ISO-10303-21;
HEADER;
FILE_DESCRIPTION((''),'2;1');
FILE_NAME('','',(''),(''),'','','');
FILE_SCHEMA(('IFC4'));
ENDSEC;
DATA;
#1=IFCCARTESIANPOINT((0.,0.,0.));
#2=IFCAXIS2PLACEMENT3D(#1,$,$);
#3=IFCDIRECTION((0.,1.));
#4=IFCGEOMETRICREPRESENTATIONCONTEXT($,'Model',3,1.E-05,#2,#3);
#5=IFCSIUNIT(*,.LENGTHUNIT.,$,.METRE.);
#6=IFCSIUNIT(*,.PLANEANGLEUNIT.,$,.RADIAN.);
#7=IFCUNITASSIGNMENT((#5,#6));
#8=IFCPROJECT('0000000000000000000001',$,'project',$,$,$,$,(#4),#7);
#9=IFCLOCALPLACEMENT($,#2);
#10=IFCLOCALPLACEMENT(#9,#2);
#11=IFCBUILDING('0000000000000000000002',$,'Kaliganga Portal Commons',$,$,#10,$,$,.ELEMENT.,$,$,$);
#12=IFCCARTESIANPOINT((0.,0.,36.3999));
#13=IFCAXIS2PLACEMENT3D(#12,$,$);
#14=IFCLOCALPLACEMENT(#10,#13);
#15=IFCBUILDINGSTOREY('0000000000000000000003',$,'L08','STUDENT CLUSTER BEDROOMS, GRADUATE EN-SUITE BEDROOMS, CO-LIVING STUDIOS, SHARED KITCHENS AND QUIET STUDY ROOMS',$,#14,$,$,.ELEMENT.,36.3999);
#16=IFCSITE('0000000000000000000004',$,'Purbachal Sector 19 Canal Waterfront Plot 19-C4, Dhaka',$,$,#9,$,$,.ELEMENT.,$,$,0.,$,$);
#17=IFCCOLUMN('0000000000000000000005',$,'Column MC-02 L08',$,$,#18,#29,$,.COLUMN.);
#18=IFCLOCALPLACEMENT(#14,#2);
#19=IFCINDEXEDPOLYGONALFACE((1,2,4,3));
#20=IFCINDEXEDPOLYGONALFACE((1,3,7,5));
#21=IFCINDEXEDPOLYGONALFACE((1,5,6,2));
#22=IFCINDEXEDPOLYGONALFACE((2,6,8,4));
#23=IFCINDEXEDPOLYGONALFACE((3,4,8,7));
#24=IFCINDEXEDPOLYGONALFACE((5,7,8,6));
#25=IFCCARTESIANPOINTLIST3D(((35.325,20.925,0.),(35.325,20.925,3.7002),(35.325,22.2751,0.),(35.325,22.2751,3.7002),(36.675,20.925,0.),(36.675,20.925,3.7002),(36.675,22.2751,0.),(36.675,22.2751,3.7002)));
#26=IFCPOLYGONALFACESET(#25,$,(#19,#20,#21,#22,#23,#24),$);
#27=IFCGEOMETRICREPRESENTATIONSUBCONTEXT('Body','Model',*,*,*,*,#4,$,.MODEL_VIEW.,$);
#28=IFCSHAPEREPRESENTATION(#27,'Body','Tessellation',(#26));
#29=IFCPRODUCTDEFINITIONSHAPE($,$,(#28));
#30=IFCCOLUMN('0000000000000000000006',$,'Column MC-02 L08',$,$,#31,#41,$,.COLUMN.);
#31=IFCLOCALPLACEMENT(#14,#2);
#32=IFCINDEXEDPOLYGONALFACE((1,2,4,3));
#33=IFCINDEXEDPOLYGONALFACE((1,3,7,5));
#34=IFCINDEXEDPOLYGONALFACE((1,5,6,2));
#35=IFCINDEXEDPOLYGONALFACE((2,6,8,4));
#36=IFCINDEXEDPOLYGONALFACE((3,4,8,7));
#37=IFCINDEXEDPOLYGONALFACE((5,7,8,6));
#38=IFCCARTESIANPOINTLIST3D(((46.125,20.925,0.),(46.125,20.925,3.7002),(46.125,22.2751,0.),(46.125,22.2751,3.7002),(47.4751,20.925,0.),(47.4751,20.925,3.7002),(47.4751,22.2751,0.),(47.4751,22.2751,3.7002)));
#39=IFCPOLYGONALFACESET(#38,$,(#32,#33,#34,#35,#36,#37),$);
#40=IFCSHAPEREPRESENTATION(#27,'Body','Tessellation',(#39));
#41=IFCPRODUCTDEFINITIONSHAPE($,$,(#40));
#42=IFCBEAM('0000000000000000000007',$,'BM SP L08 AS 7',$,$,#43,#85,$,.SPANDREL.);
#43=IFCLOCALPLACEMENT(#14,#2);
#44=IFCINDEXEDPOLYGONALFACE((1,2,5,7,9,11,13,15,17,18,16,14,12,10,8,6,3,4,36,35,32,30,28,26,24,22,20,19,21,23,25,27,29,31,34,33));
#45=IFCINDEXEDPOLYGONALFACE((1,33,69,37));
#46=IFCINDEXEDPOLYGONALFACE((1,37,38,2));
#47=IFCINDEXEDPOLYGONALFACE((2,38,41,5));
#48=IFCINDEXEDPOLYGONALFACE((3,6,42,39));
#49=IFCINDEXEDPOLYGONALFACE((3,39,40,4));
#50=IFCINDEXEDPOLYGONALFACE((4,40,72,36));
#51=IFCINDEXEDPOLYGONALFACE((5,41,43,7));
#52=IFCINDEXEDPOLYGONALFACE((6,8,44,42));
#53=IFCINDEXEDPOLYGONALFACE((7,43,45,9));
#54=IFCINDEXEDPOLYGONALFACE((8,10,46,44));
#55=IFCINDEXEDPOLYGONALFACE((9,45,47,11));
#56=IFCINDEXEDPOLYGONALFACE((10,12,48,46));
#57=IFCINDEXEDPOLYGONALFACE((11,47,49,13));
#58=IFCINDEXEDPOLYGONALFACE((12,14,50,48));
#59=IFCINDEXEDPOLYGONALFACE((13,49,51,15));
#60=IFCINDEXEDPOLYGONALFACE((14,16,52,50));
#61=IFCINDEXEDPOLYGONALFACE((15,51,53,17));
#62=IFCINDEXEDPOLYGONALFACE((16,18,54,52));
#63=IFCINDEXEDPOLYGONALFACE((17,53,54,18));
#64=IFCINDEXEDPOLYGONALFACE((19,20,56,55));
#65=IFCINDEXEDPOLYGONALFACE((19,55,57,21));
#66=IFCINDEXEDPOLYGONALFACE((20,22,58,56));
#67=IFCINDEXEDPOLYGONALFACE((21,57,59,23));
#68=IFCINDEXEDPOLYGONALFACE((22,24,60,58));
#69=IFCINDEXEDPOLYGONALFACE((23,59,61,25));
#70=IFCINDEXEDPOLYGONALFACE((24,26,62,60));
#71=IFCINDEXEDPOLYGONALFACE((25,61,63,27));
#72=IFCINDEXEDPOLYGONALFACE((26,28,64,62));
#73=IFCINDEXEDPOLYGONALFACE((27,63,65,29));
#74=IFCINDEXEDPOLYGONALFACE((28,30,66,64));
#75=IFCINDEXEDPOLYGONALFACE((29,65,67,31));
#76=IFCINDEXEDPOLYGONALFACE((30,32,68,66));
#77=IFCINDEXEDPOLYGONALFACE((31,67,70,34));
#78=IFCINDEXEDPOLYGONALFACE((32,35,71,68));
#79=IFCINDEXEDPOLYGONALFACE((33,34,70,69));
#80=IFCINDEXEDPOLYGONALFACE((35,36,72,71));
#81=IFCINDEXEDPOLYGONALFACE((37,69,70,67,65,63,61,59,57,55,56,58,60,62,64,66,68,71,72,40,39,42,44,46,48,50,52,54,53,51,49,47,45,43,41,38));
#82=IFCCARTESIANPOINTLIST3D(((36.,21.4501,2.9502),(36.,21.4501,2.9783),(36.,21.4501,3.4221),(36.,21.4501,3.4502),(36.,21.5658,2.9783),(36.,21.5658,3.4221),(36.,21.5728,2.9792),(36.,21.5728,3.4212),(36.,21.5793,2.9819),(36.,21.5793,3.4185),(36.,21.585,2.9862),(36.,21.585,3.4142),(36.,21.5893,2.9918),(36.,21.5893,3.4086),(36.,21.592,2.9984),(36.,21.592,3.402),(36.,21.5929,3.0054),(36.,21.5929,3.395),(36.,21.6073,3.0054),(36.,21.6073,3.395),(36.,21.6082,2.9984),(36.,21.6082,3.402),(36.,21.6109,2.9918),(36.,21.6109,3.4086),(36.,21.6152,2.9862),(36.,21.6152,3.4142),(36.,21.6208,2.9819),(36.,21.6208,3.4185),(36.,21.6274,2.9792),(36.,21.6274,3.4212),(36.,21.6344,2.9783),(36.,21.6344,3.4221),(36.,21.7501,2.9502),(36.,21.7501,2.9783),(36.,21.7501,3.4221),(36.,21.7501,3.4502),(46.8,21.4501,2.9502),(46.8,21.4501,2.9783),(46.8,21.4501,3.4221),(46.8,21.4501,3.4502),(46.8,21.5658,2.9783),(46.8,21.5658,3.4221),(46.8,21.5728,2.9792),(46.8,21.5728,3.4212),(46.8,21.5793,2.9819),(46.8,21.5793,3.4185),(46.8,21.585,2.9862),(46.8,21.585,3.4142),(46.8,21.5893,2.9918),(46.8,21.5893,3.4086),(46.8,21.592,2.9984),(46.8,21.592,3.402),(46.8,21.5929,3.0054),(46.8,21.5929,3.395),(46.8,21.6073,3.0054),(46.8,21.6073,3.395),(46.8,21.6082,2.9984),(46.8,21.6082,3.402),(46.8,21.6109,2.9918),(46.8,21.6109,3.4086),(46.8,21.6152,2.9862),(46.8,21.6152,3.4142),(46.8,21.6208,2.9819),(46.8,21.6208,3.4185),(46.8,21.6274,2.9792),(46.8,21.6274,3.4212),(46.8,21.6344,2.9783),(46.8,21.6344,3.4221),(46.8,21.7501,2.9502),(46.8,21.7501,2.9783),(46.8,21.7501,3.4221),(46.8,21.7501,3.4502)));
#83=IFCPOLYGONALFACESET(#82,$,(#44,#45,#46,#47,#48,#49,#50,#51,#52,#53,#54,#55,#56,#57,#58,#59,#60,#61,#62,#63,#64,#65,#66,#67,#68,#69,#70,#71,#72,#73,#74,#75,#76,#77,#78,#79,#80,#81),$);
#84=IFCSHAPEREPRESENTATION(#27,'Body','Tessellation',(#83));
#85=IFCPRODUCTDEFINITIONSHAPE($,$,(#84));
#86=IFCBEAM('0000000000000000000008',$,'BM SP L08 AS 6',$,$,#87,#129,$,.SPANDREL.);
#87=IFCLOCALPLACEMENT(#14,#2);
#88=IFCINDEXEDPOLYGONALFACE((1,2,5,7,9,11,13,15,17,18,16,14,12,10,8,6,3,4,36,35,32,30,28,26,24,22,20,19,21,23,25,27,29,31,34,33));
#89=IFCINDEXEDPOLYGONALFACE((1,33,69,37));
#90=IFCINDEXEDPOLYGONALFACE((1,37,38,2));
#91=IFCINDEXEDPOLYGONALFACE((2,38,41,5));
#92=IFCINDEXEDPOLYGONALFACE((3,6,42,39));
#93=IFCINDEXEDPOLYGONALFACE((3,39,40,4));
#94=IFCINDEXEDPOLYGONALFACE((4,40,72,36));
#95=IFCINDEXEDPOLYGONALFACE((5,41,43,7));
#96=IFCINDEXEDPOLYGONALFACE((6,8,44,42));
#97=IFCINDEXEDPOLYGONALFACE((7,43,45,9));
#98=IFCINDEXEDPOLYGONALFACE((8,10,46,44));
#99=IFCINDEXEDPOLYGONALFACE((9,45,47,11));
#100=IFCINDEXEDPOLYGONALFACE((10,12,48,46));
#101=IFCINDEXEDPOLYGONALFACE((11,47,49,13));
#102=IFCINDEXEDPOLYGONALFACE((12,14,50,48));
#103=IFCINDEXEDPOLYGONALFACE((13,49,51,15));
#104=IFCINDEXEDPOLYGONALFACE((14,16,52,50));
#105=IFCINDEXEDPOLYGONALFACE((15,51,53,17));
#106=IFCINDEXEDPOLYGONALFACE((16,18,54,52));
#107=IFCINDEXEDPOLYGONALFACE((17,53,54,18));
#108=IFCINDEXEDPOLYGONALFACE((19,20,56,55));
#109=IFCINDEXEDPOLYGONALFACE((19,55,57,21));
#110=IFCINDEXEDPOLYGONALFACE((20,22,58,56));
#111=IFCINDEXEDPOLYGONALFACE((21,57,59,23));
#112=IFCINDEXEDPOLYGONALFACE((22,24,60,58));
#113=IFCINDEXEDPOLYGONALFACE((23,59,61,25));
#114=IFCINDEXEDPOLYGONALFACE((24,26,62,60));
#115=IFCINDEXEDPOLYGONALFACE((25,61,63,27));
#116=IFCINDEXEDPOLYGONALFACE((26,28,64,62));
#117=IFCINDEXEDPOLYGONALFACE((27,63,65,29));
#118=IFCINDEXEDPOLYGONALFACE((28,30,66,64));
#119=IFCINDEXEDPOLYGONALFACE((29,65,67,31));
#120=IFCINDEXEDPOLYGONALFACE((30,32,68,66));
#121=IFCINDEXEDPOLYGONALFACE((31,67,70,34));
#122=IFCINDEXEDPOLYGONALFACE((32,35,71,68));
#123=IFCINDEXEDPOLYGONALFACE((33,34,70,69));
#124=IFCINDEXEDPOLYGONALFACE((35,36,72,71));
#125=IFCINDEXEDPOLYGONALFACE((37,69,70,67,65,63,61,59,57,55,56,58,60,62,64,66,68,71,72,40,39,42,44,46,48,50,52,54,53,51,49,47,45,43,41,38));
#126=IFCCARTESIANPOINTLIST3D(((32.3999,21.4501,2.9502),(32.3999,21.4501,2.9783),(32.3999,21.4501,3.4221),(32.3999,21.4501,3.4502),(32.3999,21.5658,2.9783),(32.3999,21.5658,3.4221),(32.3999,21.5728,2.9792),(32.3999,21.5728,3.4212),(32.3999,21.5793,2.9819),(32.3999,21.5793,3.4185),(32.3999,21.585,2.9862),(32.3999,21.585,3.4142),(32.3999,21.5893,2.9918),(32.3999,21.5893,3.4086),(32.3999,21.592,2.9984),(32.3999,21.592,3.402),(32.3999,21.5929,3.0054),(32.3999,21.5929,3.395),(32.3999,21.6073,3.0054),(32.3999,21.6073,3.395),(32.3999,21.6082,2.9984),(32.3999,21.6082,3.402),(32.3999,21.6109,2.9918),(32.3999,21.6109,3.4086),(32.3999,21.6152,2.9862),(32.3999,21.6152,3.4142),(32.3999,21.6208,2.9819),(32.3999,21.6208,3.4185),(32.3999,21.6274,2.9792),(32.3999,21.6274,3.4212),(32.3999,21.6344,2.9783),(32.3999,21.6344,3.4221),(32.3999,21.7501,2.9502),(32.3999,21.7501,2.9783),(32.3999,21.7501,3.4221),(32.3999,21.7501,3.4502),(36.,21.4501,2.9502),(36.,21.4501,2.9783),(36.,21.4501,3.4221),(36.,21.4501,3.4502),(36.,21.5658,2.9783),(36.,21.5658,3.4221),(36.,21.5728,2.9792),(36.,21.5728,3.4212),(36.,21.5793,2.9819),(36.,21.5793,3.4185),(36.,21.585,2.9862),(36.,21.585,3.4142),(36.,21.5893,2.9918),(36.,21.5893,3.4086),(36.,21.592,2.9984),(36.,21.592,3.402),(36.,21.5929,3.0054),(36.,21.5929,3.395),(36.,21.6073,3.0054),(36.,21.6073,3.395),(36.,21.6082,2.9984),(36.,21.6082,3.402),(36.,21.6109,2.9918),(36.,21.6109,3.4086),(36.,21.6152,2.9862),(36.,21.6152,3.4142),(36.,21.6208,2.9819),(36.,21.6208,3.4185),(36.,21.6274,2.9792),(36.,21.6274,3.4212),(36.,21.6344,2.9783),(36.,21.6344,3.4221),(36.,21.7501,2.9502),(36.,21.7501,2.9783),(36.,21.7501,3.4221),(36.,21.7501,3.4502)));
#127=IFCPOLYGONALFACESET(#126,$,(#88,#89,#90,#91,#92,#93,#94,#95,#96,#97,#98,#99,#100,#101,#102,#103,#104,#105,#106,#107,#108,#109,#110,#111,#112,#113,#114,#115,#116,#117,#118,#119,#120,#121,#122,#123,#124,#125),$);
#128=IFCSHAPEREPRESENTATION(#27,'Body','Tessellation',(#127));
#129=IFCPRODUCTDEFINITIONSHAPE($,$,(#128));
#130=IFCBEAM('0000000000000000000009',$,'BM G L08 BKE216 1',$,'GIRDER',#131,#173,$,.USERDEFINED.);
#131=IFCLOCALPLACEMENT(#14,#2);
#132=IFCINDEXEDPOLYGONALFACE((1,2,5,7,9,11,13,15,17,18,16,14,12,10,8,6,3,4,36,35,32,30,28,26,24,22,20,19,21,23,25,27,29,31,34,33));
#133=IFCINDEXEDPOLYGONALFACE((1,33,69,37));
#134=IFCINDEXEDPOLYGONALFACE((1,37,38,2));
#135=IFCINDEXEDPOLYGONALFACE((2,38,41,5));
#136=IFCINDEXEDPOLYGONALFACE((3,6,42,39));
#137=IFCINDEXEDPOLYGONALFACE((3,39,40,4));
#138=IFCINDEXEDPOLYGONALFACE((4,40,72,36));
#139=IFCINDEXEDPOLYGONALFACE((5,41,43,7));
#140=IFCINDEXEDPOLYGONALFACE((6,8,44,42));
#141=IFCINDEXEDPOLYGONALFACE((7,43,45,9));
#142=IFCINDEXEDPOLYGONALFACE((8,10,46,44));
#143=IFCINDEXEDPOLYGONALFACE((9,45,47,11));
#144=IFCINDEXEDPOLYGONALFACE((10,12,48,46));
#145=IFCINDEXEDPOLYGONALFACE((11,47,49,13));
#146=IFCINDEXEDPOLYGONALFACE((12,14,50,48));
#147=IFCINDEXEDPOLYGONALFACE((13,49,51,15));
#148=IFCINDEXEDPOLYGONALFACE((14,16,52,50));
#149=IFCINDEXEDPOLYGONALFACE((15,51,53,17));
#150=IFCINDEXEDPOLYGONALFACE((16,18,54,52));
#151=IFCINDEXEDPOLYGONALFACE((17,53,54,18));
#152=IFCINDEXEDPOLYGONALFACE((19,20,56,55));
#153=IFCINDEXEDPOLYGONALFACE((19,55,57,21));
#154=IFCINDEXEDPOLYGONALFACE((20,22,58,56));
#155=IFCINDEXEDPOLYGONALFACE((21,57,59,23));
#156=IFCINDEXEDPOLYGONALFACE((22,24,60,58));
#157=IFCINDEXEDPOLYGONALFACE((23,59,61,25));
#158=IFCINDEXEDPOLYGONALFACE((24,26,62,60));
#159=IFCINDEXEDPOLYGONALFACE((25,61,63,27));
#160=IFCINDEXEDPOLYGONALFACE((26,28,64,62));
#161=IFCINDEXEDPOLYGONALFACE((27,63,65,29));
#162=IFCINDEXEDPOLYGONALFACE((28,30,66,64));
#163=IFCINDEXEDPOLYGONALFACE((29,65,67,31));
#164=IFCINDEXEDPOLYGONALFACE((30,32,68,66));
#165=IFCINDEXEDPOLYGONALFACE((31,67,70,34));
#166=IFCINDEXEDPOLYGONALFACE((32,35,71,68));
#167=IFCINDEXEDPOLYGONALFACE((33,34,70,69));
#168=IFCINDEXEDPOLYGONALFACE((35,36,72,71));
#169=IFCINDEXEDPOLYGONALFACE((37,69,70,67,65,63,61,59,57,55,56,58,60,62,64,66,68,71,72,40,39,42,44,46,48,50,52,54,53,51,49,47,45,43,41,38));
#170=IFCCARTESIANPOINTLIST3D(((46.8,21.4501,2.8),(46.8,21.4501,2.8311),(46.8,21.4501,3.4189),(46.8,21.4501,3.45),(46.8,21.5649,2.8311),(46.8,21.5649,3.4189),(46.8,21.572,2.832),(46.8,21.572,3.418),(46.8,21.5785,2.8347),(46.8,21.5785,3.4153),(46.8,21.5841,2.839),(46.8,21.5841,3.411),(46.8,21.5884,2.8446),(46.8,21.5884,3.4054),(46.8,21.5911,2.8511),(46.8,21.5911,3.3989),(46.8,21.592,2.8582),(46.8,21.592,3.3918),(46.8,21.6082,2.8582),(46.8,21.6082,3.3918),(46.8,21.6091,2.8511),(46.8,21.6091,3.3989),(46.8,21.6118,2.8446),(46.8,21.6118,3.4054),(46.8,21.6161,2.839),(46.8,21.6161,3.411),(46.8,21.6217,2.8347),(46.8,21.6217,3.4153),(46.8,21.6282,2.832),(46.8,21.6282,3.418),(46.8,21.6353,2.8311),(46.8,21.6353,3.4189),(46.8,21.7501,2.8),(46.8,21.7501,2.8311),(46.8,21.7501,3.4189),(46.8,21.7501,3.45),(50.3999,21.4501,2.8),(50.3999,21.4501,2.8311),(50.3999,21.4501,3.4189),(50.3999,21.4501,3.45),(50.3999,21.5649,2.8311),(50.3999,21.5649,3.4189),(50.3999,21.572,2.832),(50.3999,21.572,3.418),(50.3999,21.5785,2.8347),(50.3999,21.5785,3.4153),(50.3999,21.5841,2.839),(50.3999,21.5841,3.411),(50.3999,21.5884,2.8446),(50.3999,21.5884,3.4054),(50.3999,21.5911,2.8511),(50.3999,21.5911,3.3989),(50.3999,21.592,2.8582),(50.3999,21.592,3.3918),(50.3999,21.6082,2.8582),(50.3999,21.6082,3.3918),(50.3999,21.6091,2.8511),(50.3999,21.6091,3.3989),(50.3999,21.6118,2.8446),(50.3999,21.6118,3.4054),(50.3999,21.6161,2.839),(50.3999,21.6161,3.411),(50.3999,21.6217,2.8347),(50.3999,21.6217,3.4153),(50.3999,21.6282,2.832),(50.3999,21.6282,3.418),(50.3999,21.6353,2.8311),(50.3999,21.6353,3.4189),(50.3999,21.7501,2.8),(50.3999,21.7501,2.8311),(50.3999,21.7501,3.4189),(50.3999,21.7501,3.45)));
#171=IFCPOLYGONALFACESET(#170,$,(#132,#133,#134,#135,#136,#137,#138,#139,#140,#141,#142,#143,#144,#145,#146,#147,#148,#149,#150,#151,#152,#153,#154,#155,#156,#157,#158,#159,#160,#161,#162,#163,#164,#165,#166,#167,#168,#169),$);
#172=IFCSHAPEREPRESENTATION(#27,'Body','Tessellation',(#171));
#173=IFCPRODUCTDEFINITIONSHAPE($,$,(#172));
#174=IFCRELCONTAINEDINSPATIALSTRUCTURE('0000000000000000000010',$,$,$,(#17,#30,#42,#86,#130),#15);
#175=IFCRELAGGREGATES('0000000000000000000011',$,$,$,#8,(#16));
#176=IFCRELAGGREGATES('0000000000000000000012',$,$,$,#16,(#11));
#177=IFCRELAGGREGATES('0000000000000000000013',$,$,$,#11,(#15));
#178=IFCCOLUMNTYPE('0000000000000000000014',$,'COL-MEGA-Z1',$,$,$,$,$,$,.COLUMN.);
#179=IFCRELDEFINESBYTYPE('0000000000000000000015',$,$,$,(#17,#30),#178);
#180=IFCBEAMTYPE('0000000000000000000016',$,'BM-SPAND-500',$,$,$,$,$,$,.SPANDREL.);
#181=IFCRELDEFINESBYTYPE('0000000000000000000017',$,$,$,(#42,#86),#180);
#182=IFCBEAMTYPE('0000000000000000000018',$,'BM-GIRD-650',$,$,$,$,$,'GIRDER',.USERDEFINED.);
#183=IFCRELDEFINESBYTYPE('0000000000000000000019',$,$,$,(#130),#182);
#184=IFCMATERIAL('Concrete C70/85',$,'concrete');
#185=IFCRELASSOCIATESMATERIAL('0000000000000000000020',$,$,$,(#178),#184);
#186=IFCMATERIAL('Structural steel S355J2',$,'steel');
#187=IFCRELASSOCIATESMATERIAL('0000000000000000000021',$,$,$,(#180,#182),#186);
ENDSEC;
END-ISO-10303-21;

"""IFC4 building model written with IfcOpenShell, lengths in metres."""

from ifc_helpers import new_model, si_unit, direction, frame, origin, origin_2d, place, context, subcontext, project, spatial, rectangle, i_section, extrude, source, transform, mapped, material, material_profile, profile_set, type_object, element, save


model = new_model("IFC4")

# Units and contexts
model_context = context("Model", 3, precision=1e-05, world=origin(), true_north=direction((0.0, 1.0)))
body_context = subcontext(model_context, "Body", "Model", "MODEL_VIEW")
ifc_project = project(units=[si_unit("LENGTHUNIT", "METRE"), si_unit("PLANEANGLEUNIT", "RADIAN")], contexts=[model_context])

# Site, building, storey
site_placement = place(None, origin())
site = spatial("IfcSite", under=ifc_project, at=site_placement, Name="Purbachal Sector 19 Canal Waterfront Plot 19-C4, Dhaka", CompositionType="ELEMENT", RefElevation=0.0)
building_placement = place(site_placement, origin())
building = spatial("IfcBuilding", under=site, at=building_placement, Name="Kaliganga Portal Commons", CompositionType="ELEMENT")
storey_placement = place(building_placement, frame((0.0, 0.0, 36.3999)))
storey = spatial("IfcBuildingStorey", under=building, at=storey_placement, Name="L08", Description="STUDENT CLUSTER BEDROOMS, GRADUATE EN-SUITE BEDROOMS, CO-LIVING STUDIOS, SHARED KITCHENS AND QUIET STUDY ROOMS", CompositionType="ELEMENT", Elevation=36.3999)

# Columns
ifc_material_1 = material(Name="Concrete C70/85", Category="concrete")
ifc_material_profile_1 = material_profile(ifc_material_1, rectangle(XDim=1.3501, YDim=1.3501, at=origin_2d()), Name="RC 1350x1350")
ifc_profile_set_1 = profile_set([ifc_material_profile_1], Name="Concrete C70/85")
column_type = type_object("IfcColumnType", Name="COL-MEGA-Z1", PredefinedType="COLUMN", material=ifc_profile_set_1)
shared_shape_1 = source(origin(), body_context, "Body", "SweptSolid", [
    extrude(rectangle(XDim=1.3501, YDim=1.3501, at=origin_2d()), origin(), (0.0, 0.0, 1.0), 3.7002),
])
for number, where, z_axis, x_axis, name in (
    (1, (36.0, 21.6001, 0.0), (0.0, 0.0, 1.0), (1.0, 0.0, 0.0), "Column MC-02 L08"),
    (2, (46.8, 21.6001, 0.0), (0.0, 0.0, 1.0), (1.0, 0.0, 0.0), "Column MC-02 L08"),
):
    element("IfcColumn", number, at=place(storey_placement, frame(where, z_axis=z_axis, x_axis=x_axis)), inside=storey, type_object=column_type, Name=name, PredefinedType="COLUMN", context=body_context, shape_type="MappedRepresentation", body=[
        mapped(shared_shape_1, transform((0.0, 0.0, 0.0), x_axis=(1.0, 0.0, 0.0), y_axis=(0.0, 1.0, 0.0), z_axis=(0.0, 0.0, 1.0), scale=1.0)),
    ])

# Beams
ifc_material_2 = material(Name="Structural steel S355J2", Category="steel")
ifc_material_profile_2 = material_profile(ifc_material_2, i_section(OverallWidth=0.3, OverallDepth=0.5, WebThickness=0.0144, FlangeThickness=0.0281, FilletRadius=0.0271, at=origin_2d()), Name="HE 500 B")
ifc_profile_set_2 = profile_set([ifc_material_profile_2], Name="Structural steel S355J2 wide-flange")
beam_type_1 = type_object("IfcBeamType", Name="BM-SPAND-500", PredefinedType="SPANDREL", material=ifc_profile_set_2)
shared_shape_2 = source(origin(), body_context, "Body", "SweptSolid", [
    extrude(i_section(OverallWidth=0.3, OverallDepth=0.5, WebThickness=0.0144, FlangeThickness=0.0281, FilletRadius=0.0271, at=origin_2d()), origin(), (0.0, 0.0, 1.0), 10.8),
])
beam_1_placement = place(storey_placement, frame((36.0, 21.6001, 3.2002), z_axis=(1.0, 0.0, 0.0), x_axis=(0.0, 1.0, 0.0)))
element("IfcBeam", 3, at=beam_1_placement, inside=storey, type_object=beam_type_1, Name="BM SP L08 AS 7", PredefinedType="SPANDREL", context=body_context, shape_type="MappedRepresentation", body=[
    mapped(shared_shape_2, transform((0.0, 0.0, 0.0), x_axis=(1.0, 0.0, 0.0), y_axis=(0.0, 1.0, 0.0), z_axis=(0.0, 0.0, 1.0), scale=1.0)),
])
shared_shape_3 = source(origin(), body_context, "Body", "SweptSolid", [
    extrude(i_section(OverallWidth=0.3, OverallDepth=0.5, WebThickness=0.0144, FlangeThickness=0.0281, FilletRadius=0.0271, at=origin_2d()), origin(), (0.0, 0.0, 1.0), 3.6001),
])
beam_2_placement = place(storey_placement, frame((32.3999, 21.6001, 3.2002), z_axis=(1.0, 0.0, 0.0), x_axis=(0.0, 1.0, 0.0)))
element("IfcBeam", 4, at=beam_2_placement, inside=storey, type_object=beam_type_1, Name="BM SP L08 AS 6", PredefinedType="SPANDREL", context=body_context, shape_type="MappedRepresentation", body=[
    mapped(shared_shape_3, transform((0.0, 0.0, 0.0), x_axis=(1.0, 0.0, 0.0), y_axis=(0.0, 1.0, 0.0), z_axis=(0.0, 0.0, 1.0), scale=1.0)),
])
ifc_material_profile_3 = material_profile(ifc_material_2, i_section(OverallWidth=0.3, OverallDepth=0.6499, WebThickness=0.0161, FlangeThickness=0.031, FilletRadius=0.0271, at=origin_2d()), Name="HE 650 B")
ifc_profile_set_3 = profile_set([ifc_material_profile_3], Name="Structural steel S355J2 wide-flange")
beam_type_2 = type_object("IfcBeamType", Name="BM-GIRD-650", ElementType="GIRDER", PredefinedType="USERDEFINED", material=ifc_profile_set_3)
shared_shape_4 = source(origin(), body_context, "Body", "SweptSolid", [
    extrude(i_section(OverallWidth=0.3, OverallDepth=0.6499, WebThickness=0.0161, FlangeThickness=0.031, FilletRadius=0.0271, at=origin_2d()), origin(), (0.0, 0.0, 1.0), 3.5999),
])
beam_3_placement = place(storey_placement, frame((46.8, 21.6001, 3.125), z_axis=(1.0, 0.0, 0.0), x_axis=(0.0, 1.0, 0.0)))
element("IfcBeam", 5, at=beam_3_placement, inside=storey, type_object=beam_type_2, Name="BM G L08 BKE216 1", ObjectType="GIRDER", PredefinedType="USERDEFINED", context=body_context, shape_type="MappedRepresentation", body=[
    mapped(shared_shape_4, transform((0.0, 0.0, 0.0), x_axis=(1.0, 0.0, 0.0), y_axis=(0.0, 1.0, 0.0), z_axis=(0.0, 0.0, 1.0), scale=1.0)),
])

save(model, "model.ifc")
